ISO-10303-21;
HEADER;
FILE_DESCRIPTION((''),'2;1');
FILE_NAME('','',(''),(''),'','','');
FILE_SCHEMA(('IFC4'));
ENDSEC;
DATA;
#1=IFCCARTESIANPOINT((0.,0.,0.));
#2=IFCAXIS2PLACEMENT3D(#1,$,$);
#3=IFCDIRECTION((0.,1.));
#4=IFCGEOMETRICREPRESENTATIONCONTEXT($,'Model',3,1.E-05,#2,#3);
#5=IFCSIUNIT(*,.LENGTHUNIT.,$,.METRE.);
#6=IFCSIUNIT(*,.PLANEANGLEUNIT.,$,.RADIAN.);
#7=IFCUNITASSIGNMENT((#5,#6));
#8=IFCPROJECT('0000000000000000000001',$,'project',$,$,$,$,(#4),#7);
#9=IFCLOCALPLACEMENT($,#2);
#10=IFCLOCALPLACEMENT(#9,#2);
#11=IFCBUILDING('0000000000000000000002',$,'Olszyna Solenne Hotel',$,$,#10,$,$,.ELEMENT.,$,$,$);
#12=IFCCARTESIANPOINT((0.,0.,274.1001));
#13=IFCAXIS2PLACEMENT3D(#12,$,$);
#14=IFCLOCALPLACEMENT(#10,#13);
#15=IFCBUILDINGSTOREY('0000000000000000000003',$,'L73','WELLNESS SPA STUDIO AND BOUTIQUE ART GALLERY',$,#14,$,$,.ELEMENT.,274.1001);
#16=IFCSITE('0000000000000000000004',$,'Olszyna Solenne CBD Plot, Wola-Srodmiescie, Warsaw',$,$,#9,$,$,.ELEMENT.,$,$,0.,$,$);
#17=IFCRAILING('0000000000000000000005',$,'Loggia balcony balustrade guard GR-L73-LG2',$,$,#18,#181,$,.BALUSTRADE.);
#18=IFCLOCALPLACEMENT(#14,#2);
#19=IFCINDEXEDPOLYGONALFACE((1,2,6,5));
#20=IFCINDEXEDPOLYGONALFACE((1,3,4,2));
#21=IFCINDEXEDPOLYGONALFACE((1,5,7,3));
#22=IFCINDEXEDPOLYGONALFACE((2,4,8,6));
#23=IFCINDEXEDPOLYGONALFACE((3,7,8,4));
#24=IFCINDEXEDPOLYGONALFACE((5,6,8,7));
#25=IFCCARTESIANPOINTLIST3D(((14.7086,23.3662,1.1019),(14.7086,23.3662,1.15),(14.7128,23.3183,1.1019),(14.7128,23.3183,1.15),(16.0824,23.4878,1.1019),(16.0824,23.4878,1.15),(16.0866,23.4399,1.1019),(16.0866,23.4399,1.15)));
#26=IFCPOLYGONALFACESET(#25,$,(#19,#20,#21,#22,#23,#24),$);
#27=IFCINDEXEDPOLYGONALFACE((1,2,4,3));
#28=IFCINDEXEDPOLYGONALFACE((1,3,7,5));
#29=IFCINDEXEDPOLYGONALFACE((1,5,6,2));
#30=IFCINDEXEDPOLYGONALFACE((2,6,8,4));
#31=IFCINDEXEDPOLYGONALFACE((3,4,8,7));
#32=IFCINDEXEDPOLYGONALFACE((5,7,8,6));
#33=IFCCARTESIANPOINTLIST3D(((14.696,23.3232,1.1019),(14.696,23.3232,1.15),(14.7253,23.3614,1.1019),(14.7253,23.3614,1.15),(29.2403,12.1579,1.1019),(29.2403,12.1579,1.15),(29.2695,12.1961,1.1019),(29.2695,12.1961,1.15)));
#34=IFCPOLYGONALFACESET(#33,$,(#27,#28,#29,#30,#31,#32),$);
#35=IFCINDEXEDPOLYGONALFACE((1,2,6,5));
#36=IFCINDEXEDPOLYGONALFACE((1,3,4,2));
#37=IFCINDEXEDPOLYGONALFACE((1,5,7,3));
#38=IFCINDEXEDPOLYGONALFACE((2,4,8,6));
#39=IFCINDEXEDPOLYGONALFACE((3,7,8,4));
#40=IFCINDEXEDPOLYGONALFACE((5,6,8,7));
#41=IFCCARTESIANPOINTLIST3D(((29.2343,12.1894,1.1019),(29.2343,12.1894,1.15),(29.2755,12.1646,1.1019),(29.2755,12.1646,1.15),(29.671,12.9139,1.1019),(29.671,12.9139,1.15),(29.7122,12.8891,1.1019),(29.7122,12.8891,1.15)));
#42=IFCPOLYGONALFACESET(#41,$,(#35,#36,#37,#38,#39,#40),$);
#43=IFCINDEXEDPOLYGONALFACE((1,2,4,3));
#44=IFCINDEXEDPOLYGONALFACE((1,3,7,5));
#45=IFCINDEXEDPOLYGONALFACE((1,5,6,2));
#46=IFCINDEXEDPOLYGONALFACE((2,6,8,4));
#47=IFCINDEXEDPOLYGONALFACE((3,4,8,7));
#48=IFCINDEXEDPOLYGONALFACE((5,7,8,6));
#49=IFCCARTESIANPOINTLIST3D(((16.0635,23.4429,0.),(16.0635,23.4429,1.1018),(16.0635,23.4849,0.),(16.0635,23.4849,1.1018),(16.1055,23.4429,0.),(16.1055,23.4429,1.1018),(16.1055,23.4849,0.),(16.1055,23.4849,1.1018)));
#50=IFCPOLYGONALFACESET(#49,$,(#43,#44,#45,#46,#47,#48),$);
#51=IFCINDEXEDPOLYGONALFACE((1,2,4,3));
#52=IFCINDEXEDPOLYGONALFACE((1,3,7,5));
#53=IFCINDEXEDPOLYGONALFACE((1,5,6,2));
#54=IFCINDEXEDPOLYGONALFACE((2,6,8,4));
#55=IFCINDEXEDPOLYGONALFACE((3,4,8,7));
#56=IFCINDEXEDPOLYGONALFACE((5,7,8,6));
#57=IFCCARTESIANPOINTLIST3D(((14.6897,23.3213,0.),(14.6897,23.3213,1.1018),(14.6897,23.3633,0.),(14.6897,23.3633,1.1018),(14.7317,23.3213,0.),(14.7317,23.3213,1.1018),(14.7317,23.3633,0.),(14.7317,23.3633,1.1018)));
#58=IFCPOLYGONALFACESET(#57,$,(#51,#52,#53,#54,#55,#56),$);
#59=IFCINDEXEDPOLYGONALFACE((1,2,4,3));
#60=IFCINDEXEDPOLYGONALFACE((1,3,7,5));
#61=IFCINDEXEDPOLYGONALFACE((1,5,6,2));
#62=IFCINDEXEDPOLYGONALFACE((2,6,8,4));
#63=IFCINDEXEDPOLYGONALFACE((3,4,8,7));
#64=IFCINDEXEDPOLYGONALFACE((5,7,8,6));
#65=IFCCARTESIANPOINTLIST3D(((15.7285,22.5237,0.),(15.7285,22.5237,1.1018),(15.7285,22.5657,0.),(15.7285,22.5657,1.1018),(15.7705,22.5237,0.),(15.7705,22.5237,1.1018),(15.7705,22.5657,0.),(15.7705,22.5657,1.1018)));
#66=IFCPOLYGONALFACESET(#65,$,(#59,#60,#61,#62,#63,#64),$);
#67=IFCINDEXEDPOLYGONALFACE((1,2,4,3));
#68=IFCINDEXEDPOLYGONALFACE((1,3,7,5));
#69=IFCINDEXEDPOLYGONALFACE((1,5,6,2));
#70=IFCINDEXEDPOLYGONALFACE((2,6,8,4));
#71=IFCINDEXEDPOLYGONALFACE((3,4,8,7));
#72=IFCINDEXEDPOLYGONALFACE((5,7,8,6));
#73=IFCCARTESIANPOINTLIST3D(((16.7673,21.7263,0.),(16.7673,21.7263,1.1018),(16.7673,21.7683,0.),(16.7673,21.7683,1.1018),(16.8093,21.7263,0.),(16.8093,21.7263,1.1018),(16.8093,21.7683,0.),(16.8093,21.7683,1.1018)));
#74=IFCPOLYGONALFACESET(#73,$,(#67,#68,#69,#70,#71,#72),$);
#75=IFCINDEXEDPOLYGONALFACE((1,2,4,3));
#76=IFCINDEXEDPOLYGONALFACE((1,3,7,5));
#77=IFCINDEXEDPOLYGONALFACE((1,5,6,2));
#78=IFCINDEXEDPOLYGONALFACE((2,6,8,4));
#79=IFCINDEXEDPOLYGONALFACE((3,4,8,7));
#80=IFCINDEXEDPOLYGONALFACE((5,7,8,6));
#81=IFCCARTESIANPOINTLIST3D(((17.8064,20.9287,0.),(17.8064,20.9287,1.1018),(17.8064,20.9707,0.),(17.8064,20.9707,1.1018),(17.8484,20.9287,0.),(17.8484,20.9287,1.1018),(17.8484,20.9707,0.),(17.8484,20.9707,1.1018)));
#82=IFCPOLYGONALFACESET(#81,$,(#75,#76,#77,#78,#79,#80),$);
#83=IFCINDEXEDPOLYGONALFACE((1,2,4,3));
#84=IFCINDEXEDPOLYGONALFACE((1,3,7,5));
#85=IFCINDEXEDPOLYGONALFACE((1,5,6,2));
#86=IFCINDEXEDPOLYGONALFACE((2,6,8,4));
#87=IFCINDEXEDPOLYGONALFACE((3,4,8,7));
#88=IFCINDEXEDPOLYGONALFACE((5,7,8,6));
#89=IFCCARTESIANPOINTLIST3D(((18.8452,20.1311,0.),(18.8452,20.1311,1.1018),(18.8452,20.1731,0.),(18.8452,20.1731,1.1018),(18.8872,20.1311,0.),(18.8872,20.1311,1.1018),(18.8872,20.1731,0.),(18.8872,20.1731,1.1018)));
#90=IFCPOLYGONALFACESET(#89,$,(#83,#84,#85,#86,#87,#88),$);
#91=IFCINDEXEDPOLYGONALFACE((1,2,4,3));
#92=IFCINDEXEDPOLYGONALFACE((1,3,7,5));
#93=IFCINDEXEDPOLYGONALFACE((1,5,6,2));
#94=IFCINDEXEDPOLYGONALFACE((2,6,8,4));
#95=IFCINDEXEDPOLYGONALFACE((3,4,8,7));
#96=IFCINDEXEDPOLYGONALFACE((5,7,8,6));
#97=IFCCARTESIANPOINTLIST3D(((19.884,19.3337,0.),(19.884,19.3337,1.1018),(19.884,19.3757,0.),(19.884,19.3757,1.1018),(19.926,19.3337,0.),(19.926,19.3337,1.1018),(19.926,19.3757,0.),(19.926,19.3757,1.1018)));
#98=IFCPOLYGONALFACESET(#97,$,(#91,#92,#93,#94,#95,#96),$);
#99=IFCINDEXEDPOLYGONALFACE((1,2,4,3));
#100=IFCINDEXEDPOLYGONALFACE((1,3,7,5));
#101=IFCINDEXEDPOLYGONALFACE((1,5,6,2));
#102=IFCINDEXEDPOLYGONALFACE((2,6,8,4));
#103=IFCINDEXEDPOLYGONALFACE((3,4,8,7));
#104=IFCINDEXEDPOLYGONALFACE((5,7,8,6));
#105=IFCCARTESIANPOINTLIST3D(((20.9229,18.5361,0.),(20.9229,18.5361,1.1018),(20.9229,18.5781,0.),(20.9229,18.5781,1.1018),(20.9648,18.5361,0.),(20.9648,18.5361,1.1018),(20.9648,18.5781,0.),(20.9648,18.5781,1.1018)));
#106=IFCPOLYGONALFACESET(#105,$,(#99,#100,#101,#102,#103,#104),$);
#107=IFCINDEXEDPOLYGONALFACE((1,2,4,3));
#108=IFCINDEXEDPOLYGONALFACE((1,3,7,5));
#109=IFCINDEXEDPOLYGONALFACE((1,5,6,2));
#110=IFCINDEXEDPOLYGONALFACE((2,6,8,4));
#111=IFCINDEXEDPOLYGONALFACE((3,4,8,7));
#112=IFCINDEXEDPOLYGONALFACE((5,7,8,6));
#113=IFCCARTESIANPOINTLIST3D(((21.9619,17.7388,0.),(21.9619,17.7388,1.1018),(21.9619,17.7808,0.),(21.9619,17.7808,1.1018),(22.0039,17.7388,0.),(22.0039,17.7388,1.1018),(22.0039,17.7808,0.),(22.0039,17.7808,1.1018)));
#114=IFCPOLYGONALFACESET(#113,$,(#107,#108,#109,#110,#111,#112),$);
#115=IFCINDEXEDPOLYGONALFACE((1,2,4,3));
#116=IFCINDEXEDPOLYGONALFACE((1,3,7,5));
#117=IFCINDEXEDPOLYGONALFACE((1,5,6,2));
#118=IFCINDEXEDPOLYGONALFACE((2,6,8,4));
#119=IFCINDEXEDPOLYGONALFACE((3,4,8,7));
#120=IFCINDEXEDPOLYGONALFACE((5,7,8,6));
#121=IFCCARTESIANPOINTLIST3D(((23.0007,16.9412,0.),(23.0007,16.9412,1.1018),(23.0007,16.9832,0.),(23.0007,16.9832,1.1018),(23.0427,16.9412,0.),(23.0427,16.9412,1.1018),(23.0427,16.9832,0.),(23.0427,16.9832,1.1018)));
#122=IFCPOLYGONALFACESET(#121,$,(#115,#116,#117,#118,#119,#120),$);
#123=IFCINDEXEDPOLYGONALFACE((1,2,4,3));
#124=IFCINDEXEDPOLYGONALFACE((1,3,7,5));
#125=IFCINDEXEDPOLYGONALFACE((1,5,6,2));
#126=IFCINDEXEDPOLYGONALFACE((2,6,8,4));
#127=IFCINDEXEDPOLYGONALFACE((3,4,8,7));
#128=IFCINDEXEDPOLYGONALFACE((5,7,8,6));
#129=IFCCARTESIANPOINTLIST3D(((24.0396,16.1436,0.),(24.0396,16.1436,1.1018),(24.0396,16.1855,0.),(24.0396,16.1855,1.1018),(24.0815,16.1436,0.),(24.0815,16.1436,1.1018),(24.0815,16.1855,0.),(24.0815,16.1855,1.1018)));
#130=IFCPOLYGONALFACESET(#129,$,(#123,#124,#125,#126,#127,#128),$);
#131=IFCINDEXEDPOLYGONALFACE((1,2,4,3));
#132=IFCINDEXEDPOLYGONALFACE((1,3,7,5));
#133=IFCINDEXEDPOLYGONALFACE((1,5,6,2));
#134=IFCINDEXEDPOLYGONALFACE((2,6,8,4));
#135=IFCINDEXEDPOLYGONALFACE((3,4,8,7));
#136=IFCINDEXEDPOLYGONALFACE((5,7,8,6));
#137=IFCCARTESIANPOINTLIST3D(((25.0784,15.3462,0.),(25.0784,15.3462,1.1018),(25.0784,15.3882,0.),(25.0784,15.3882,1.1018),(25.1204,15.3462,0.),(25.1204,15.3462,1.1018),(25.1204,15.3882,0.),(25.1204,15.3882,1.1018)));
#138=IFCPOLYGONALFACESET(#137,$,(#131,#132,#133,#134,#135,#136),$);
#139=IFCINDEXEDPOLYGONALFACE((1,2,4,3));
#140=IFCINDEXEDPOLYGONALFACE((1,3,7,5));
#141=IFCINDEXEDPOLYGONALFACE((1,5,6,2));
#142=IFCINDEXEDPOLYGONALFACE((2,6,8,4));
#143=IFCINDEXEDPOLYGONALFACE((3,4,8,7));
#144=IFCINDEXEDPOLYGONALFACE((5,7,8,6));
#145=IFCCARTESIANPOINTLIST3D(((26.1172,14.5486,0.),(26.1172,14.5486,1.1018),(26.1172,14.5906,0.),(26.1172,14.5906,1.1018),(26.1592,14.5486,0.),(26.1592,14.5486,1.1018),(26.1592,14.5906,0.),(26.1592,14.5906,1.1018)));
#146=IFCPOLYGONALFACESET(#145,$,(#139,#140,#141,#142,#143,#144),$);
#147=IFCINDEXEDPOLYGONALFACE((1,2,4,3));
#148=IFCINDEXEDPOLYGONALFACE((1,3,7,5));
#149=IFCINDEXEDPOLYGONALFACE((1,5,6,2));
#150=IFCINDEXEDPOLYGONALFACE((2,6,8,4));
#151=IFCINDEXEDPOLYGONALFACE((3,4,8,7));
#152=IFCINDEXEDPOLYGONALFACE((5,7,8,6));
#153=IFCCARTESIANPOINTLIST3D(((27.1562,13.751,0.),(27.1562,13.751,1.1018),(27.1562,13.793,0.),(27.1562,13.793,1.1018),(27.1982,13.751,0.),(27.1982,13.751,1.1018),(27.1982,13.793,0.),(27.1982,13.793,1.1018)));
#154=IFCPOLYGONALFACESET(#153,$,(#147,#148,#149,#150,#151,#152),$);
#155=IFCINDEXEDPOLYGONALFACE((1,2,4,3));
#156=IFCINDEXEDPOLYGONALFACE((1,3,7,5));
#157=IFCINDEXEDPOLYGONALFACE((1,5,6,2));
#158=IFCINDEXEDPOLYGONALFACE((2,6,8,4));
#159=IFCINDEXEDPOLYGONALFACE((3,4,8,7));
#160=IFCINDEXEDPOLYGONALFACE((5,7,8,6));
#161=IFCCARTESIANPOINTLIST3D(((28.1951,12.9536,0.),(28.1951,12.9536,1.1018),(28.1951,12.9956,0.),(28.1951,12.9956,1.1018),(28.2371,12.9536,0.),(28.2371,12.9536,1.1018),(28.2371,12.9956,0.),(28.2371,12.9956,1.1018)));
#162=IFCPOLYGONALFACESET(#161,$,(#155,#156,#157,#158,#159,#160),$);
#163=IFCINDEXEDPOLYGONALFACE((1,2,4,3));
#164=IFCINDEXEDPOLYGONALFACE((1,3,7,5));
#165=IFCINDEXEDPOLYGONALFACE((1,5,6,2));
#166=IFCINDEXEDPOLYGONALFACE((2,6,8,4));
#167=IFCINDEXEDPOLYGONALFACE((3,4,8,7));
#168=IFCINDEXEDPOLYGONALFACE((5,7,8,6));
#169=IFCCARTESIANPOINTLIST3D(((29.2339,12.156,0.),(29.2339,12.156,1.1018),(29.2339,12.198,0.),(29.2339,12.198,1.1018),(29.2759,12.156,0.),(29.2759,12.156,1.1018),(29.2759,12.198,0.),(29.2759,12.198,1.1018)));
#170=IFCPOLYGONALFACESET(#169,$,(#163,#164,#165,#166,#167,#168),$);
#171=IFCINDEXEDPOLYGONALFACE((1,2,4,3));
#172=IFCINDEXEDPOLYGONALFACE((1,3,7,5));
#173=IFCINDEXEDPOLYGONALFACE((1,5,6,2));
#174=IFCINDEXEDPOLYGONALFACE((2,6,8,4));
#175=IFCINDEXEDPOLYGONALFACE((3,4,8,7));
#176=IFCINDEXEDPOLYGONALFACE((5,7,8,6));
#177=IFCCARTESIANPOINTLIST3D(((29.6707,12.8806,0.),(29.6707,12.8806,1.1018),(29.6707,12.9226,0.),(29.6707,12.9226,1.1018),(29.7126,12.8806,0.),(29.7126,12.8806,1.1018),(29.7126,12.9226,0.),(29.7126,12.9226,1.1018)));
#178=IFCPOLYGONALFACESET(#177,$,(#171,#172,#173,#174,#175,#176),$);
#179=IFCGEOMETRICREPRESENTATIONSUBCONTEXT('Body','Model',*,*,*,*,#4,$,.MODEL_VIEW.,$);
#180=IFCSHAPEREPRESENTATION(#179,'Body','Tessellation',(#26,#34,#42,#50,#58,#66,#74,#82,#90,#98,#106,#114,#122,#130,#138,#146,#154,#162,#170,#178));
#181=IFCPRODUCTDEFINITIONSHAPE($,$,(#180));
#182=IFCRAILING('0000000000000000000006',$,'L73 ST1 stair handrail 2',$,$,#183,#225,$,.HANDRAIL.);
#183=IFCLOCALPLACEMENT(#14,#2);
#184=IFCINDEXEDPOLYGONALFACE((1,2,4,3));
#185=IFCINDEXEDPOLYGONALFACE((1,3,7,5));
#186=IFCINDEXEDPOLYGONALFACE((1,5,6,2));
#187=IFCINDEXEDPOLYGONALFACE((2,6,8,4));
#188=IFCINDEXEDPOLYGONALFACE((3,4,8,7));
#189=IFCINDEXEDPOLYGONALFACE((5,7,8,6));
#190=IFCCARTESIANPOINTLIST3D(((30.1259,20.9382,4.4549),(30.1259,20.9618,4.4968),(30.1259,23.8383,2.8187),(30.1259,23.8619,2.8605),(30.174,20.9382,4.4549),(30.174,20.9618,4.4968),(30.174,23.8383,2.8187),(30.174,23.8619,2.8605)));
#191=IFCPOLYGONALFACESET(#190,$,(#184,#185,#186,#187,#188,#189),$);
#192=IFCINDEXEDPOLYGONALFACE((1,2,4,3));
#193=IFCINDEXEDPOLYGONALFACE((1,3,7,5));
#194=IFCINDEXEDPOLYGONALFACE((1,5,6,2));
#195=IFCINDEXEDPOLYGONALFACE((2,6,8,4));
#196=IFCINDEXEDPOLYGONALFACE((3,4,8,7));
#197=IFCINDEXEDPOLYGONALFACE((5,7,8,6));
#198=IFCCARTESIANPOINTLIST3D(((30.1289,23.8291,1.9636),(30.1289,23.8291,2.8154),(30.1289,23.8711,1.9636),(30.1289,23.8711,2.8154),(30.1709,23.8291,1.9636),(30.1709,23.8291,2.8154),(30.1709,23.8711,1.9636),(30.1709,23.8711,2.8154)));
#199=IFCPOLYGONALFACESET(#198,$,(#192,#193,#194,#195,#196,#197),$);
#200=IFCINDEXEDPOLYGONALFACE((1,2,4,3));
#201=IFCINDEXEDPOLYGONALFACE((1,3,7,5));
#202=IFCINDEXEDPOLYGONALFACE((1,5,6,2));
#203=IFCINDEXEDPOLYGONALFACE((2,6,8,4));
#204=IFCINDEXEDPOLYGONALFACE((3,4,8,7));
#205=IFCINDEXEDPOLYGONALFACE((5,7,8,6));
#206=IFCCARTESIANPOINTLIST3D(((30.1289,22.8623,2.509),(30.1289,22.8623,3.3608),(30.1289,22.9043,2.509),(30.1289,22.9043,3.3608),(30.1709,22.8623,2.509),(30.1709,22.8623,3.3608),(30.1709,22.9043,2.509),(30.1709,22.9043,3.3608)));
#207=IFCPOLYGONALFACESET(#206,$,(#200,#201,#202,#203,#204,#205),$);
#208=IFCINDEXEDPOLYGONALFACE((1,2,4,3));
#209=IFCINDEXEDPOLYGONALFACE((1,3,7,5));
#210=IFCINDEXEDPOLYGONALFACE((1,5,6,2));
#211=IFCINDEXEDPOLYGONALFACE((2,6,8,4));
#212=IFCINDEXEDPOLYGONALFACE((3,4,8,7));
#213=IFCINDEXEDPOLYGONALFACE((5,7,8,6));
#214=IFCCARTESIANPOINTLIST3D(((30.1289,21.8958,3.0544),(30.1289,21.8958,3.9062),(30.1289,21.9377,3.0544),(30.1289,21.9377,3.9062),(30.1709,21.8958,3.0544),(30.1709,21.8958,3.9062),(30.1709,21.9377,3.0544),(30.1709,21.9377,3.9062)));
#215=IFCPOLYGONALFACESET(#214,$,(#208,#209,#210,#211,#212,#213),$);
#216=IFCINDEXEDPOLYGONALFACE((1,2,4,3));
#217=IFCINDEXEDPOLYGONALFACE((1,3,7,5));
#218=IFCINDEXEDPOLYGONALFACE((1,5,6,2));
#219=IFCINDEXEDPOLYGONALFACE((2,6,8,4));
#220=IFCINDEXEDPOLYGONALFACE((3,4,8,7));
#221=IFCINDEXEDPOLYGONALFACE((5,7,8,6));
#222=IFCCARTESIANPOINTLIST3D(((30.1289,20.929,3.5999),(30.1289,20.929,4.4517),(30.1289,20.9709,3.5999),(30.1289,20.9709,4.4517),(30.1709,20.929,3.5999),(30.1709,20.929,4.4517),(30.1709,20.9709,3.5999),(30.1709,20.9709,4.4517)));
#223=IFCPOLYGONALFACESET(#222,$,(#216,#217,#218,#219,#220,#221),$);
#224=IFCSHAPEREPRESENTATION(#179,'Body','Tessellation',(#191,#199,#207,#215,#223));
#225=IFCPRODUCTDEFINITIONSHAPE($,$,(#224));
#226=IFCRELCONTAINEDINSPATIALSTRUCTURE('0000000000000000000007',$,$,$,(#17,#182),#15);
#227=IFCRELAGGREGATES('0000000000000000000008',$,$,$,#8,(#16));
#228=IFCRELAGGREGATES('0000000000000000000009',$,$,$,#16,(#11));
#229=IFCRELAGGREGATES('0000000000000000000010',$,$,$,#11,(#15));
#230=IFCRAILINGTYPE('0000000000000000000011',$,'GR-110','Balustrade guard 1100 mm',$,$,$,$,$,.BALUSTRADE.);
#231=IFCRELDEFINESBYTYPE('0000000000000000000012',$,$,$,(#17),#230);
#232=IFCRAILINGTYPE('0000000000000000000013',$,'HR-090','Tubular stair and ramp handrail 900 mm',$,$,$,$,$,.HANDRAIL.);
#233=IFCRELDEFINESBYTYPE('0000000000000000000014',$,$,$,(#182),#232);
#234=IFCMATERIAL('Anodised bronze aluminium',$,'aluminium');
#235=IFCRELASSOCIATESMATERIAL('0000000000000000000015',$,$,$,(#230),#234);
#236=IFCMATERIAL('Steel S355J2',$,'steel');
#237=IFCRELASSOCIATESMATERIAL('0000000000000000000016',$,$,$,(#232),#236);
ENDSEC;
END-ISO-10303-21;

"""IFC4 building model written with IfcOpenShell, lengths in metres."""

from ifc_helpers import new_model, si_unit, direction, frame, origin, origin_2d, place, context, subcontext, project, spatial, rectangle, extrude, material, type_object, element, save


model = new_model("IFC4")

# Units and contexts
model_context = context("Model", 3, precision=1e-05, world=origin(), true_north=direction((0.0, 1.0)))
body_context = subcontext(model_context, "Body", "Model", "MODEL_VIEW")
ifc_project = project(units=[si_unit("LENGTHUNIT", "METRE"), si_unit("PLANEANGLEUNIT", "RADIAN")], contexts=[model_context])

# Site, building, storey
site_placement = place(None, origin())
site = spatial("IfcSite", under=ifc_project, at=site_placement, Name="Olszyna Solenne CBD Plot, Wola-Srodmiescie, Warsaw", CompositionType="ELEMENT", RefElevation=0.0)
building_placement = place(site_placement, origin())
building = spatial("IfcBuilding", under=site, at=building_placement, Name="Olszyna Solenne Hotel", CompositionType="ELEMENT")
storey_placement = place(building_placement, frame((0.0, 0.0, 274.1001)))
storey = spatial("IfcBuildingStorey", under=building, at=storey_placement, Name="L73", Description="WELLNESS SPA STUDIO AND BOUTIQUE ART GALLERY", CompositionType="ELEMENT", Elevation=274.1001)

# Shared definitions
ifc_material_1 = material(Name="Steel S355J2", Category="steel")

# Railings
ifc_material_2 = material(Name="Anodised bronze aluminium", Category="aluminium")
railing_type_1 = type_object("IfcRailingType", Name="GR-110", Description="Balustrade guard 1100 mm", PredefinedType="BALUSTRADE", material=ifc_material_2)
railing_1_placement = place(storey_placement, frame((16.0845, 23.4639, 0.0)))
element("IfcRailing", 1, at=railing_1_placement, inside=storey, type_object=railing_type_1, Name="Loggia balcony balustrade guard GR-L73-LG2", PredefinedType="BALUSTRADE", context=body_context, shape_type="SweptSolid", body=[
    extrude(rectangle(XDim=0.0481, YDim=0.0481, at=origin_2d()), frame((0.0, 0.0, 1.126), z_axis=(-0.996107, -0.088157, 0.0), x_axis=(0.088157, -0.996107, 0.0)), (0.0, 0.0, 1.0), 1.3792),
    extrude(rectangle(XDim=0.0481, YDim=0.0481, at=origin_2d()), frame((-1.3738, -0.1216, 1.126), z_axis=(0.793218, -0.608938, 0.0), x_axis=(0.608938, 0.793218, 0.0)), (0.0, 0.0, 1.0), 18.3357),
    extrude(rectangle(XDim=0.0481, YDim=0.0481, at=origin_2d()), frame((13.1704, -11.2869, 1.126), z_axis=(0.516235, 0.856447, 0.0), x_axis=(-0.856447, 0.516235, 0.0)), (0.0, 0.0, 1.0), 0.8459),
    extrude(rectangle(XDim=0.042, YDim=0.042, at=origin_2d()), origin(), (0.0, 0.0, 1.0), 1.1018),
    extrude(rectangle(XDim=0.042, YDim=0.042, at=origin_2d()), frame((-1.3738, -0.1216, 0.0)), (0.0, 0.0, 1.0), 1.1018),
    extrude(rectangle(XDim=0.042, YDim=0.042, at=origin_2d()), frame((-0.335, -0.9192, 0.0)), (0.0, 0.0, 1.0), 1.1018),
    extrude(rectangle(XDim=0.042, YDim=0.042, at=origin_2d()), frame((0.7039, -1.7166, 0.0)), (0.0, 0.0, 1.0), 1.1018),
    extrude(rectangle(XDim=0.042, YDim=0.042, at=origin_2d()), frame((1.7429, -2.5142, 0.0)), (0.0, 0.0, 1.0), 1.1018),
    extrude(rectangle(XDim=0.042, YDim=0.042, at=origin_2d()), frame((2.7817, -3.3118, 0.0)), (0.0, 0.0, 1.0), 1.1018),
    extrude(rectangle(XDim=0.042, YDim=0.042, at=origin_2d()), frame((3.8206, -4.1091, 0.0)), (0.0, 0.0, 1.0), 1.1018),
    extrude(rectangle(XDim=0.042, YDim=0.042, at=origin_2d()), frame((4.8594, -4.9067, 0.0)), (0.0, 0.0, 1.0), 1.1018),
    extrude(rectangle(XDim=0.042, YDim=0.042, at=origin_2d()), frame((5.8984, -5.7041, 0.0)), (0.0, 0.0, 1.0), 1.1018),
    extrude(rectangle(XDim=0.042, YDim=0.042, at=origin_2d()), frame((6.9373, -6.5017, 0.0)), (0.0, 0.0, 1.0), 1.1018),
    extrude(rectangle(XDim=0.042, YDim=0.042, at=origin_2d()), frame((7.9761, -7.2993, 0.0)), (0.0, 0.0, 1.0), 1.1018),
    extrude(rectangle(XDim=0.042, YDim=0.042, at=origin_2d()), frame((9.0149, -8.0967, 0.0)), (0.0, 0.0, 1.0), 1.1018),
    extrude(rectangle(XDim=0.042, YDim=0.042, at=origin_2d()), frame((10.0537, -8.8943, 0.0)), (0.0, 0.0, 1.0), 1.1018),
    extrude(rectangle(XDim=0.042, YDim=0.042, at=origin_2d()), frame((11.0928, -9.6919, 0.0)), (0.0, 0.0, 1.0), 1.1018),
    extrude(rectangle(XDim=0.042, YDim=0.042, at=origin_2d()), frame((12.1316, -10.4893, 0.0)), (0.0, 0.0, 1.0), 1.1018),
    extrude(rectangle(XDim=0.042, YDim=0.042, at=origin_2d()), frame((13.1704, -11.2869, 0.0)), (0.0, 0.0, 1.0), 1.1018),
    extrude(rectangle(XDim=0.042, YDim=0.042, at=origin_2d()), frame((13.6072, -10.5623, 0.0)), (0.0, 0.0, 1.0), 1.1018),
])
railing_type_2 = type_object("IfcRailingType", Name="HR-090", Description="Tubular stair and ramp handrail 900 mm", PredefinedType="HANDRAIL", material=ifc_material_1)
railing_2_placement = place(storey_placement, frame((30.1499, 23.8501, 1.9636)))
element("IfcRailing", 2, at=railing_2_placement, inside=storey, type_object=railing_type_2, Name="L73 ST1 stair handrail 2", PredefinedType="HANDRAIL", context=body_context, shape_type="SweptSolid", body=[
    extrude(rectangle(XDim=0.0481, YDim=0.0481, at=origin_2d()), frame((0.0, 0.0, 0.876), z_axis=(0.0, -0.870946, 0.491378), x_axis=(1.0, 0.0, 0.0)), (0.0, 0.0, 1.0), 3.3298),
    extrude(rectangle(XDim=0.042, YDim=0.042, at=origin_2d()), origin(), (0.0, 0.0, 1.0), 0.8518),
    extrude(rectangle(XDim=0.042, YDim=0.042, at=origin_2d()), frame((0.0, -0.9668, 0.5454)), (0.0, 0.0, 1.0), 0.8518),
    extrude(rectangle(XDim=0.042, YDim=0.042, at=origin_2d()), frame((0.0, -1.9333, 1.0908)), (0.0, 0.0, 1.0), 0.8518),
    extrude(rectangle(XDim=0.042, YDim=0.042, at=origin_2d()), frame((0.0, -2.9001, 1.6362)), (0.0, 0.0, 1.0), 0.8518),
])

save(model, "model.ifc")
